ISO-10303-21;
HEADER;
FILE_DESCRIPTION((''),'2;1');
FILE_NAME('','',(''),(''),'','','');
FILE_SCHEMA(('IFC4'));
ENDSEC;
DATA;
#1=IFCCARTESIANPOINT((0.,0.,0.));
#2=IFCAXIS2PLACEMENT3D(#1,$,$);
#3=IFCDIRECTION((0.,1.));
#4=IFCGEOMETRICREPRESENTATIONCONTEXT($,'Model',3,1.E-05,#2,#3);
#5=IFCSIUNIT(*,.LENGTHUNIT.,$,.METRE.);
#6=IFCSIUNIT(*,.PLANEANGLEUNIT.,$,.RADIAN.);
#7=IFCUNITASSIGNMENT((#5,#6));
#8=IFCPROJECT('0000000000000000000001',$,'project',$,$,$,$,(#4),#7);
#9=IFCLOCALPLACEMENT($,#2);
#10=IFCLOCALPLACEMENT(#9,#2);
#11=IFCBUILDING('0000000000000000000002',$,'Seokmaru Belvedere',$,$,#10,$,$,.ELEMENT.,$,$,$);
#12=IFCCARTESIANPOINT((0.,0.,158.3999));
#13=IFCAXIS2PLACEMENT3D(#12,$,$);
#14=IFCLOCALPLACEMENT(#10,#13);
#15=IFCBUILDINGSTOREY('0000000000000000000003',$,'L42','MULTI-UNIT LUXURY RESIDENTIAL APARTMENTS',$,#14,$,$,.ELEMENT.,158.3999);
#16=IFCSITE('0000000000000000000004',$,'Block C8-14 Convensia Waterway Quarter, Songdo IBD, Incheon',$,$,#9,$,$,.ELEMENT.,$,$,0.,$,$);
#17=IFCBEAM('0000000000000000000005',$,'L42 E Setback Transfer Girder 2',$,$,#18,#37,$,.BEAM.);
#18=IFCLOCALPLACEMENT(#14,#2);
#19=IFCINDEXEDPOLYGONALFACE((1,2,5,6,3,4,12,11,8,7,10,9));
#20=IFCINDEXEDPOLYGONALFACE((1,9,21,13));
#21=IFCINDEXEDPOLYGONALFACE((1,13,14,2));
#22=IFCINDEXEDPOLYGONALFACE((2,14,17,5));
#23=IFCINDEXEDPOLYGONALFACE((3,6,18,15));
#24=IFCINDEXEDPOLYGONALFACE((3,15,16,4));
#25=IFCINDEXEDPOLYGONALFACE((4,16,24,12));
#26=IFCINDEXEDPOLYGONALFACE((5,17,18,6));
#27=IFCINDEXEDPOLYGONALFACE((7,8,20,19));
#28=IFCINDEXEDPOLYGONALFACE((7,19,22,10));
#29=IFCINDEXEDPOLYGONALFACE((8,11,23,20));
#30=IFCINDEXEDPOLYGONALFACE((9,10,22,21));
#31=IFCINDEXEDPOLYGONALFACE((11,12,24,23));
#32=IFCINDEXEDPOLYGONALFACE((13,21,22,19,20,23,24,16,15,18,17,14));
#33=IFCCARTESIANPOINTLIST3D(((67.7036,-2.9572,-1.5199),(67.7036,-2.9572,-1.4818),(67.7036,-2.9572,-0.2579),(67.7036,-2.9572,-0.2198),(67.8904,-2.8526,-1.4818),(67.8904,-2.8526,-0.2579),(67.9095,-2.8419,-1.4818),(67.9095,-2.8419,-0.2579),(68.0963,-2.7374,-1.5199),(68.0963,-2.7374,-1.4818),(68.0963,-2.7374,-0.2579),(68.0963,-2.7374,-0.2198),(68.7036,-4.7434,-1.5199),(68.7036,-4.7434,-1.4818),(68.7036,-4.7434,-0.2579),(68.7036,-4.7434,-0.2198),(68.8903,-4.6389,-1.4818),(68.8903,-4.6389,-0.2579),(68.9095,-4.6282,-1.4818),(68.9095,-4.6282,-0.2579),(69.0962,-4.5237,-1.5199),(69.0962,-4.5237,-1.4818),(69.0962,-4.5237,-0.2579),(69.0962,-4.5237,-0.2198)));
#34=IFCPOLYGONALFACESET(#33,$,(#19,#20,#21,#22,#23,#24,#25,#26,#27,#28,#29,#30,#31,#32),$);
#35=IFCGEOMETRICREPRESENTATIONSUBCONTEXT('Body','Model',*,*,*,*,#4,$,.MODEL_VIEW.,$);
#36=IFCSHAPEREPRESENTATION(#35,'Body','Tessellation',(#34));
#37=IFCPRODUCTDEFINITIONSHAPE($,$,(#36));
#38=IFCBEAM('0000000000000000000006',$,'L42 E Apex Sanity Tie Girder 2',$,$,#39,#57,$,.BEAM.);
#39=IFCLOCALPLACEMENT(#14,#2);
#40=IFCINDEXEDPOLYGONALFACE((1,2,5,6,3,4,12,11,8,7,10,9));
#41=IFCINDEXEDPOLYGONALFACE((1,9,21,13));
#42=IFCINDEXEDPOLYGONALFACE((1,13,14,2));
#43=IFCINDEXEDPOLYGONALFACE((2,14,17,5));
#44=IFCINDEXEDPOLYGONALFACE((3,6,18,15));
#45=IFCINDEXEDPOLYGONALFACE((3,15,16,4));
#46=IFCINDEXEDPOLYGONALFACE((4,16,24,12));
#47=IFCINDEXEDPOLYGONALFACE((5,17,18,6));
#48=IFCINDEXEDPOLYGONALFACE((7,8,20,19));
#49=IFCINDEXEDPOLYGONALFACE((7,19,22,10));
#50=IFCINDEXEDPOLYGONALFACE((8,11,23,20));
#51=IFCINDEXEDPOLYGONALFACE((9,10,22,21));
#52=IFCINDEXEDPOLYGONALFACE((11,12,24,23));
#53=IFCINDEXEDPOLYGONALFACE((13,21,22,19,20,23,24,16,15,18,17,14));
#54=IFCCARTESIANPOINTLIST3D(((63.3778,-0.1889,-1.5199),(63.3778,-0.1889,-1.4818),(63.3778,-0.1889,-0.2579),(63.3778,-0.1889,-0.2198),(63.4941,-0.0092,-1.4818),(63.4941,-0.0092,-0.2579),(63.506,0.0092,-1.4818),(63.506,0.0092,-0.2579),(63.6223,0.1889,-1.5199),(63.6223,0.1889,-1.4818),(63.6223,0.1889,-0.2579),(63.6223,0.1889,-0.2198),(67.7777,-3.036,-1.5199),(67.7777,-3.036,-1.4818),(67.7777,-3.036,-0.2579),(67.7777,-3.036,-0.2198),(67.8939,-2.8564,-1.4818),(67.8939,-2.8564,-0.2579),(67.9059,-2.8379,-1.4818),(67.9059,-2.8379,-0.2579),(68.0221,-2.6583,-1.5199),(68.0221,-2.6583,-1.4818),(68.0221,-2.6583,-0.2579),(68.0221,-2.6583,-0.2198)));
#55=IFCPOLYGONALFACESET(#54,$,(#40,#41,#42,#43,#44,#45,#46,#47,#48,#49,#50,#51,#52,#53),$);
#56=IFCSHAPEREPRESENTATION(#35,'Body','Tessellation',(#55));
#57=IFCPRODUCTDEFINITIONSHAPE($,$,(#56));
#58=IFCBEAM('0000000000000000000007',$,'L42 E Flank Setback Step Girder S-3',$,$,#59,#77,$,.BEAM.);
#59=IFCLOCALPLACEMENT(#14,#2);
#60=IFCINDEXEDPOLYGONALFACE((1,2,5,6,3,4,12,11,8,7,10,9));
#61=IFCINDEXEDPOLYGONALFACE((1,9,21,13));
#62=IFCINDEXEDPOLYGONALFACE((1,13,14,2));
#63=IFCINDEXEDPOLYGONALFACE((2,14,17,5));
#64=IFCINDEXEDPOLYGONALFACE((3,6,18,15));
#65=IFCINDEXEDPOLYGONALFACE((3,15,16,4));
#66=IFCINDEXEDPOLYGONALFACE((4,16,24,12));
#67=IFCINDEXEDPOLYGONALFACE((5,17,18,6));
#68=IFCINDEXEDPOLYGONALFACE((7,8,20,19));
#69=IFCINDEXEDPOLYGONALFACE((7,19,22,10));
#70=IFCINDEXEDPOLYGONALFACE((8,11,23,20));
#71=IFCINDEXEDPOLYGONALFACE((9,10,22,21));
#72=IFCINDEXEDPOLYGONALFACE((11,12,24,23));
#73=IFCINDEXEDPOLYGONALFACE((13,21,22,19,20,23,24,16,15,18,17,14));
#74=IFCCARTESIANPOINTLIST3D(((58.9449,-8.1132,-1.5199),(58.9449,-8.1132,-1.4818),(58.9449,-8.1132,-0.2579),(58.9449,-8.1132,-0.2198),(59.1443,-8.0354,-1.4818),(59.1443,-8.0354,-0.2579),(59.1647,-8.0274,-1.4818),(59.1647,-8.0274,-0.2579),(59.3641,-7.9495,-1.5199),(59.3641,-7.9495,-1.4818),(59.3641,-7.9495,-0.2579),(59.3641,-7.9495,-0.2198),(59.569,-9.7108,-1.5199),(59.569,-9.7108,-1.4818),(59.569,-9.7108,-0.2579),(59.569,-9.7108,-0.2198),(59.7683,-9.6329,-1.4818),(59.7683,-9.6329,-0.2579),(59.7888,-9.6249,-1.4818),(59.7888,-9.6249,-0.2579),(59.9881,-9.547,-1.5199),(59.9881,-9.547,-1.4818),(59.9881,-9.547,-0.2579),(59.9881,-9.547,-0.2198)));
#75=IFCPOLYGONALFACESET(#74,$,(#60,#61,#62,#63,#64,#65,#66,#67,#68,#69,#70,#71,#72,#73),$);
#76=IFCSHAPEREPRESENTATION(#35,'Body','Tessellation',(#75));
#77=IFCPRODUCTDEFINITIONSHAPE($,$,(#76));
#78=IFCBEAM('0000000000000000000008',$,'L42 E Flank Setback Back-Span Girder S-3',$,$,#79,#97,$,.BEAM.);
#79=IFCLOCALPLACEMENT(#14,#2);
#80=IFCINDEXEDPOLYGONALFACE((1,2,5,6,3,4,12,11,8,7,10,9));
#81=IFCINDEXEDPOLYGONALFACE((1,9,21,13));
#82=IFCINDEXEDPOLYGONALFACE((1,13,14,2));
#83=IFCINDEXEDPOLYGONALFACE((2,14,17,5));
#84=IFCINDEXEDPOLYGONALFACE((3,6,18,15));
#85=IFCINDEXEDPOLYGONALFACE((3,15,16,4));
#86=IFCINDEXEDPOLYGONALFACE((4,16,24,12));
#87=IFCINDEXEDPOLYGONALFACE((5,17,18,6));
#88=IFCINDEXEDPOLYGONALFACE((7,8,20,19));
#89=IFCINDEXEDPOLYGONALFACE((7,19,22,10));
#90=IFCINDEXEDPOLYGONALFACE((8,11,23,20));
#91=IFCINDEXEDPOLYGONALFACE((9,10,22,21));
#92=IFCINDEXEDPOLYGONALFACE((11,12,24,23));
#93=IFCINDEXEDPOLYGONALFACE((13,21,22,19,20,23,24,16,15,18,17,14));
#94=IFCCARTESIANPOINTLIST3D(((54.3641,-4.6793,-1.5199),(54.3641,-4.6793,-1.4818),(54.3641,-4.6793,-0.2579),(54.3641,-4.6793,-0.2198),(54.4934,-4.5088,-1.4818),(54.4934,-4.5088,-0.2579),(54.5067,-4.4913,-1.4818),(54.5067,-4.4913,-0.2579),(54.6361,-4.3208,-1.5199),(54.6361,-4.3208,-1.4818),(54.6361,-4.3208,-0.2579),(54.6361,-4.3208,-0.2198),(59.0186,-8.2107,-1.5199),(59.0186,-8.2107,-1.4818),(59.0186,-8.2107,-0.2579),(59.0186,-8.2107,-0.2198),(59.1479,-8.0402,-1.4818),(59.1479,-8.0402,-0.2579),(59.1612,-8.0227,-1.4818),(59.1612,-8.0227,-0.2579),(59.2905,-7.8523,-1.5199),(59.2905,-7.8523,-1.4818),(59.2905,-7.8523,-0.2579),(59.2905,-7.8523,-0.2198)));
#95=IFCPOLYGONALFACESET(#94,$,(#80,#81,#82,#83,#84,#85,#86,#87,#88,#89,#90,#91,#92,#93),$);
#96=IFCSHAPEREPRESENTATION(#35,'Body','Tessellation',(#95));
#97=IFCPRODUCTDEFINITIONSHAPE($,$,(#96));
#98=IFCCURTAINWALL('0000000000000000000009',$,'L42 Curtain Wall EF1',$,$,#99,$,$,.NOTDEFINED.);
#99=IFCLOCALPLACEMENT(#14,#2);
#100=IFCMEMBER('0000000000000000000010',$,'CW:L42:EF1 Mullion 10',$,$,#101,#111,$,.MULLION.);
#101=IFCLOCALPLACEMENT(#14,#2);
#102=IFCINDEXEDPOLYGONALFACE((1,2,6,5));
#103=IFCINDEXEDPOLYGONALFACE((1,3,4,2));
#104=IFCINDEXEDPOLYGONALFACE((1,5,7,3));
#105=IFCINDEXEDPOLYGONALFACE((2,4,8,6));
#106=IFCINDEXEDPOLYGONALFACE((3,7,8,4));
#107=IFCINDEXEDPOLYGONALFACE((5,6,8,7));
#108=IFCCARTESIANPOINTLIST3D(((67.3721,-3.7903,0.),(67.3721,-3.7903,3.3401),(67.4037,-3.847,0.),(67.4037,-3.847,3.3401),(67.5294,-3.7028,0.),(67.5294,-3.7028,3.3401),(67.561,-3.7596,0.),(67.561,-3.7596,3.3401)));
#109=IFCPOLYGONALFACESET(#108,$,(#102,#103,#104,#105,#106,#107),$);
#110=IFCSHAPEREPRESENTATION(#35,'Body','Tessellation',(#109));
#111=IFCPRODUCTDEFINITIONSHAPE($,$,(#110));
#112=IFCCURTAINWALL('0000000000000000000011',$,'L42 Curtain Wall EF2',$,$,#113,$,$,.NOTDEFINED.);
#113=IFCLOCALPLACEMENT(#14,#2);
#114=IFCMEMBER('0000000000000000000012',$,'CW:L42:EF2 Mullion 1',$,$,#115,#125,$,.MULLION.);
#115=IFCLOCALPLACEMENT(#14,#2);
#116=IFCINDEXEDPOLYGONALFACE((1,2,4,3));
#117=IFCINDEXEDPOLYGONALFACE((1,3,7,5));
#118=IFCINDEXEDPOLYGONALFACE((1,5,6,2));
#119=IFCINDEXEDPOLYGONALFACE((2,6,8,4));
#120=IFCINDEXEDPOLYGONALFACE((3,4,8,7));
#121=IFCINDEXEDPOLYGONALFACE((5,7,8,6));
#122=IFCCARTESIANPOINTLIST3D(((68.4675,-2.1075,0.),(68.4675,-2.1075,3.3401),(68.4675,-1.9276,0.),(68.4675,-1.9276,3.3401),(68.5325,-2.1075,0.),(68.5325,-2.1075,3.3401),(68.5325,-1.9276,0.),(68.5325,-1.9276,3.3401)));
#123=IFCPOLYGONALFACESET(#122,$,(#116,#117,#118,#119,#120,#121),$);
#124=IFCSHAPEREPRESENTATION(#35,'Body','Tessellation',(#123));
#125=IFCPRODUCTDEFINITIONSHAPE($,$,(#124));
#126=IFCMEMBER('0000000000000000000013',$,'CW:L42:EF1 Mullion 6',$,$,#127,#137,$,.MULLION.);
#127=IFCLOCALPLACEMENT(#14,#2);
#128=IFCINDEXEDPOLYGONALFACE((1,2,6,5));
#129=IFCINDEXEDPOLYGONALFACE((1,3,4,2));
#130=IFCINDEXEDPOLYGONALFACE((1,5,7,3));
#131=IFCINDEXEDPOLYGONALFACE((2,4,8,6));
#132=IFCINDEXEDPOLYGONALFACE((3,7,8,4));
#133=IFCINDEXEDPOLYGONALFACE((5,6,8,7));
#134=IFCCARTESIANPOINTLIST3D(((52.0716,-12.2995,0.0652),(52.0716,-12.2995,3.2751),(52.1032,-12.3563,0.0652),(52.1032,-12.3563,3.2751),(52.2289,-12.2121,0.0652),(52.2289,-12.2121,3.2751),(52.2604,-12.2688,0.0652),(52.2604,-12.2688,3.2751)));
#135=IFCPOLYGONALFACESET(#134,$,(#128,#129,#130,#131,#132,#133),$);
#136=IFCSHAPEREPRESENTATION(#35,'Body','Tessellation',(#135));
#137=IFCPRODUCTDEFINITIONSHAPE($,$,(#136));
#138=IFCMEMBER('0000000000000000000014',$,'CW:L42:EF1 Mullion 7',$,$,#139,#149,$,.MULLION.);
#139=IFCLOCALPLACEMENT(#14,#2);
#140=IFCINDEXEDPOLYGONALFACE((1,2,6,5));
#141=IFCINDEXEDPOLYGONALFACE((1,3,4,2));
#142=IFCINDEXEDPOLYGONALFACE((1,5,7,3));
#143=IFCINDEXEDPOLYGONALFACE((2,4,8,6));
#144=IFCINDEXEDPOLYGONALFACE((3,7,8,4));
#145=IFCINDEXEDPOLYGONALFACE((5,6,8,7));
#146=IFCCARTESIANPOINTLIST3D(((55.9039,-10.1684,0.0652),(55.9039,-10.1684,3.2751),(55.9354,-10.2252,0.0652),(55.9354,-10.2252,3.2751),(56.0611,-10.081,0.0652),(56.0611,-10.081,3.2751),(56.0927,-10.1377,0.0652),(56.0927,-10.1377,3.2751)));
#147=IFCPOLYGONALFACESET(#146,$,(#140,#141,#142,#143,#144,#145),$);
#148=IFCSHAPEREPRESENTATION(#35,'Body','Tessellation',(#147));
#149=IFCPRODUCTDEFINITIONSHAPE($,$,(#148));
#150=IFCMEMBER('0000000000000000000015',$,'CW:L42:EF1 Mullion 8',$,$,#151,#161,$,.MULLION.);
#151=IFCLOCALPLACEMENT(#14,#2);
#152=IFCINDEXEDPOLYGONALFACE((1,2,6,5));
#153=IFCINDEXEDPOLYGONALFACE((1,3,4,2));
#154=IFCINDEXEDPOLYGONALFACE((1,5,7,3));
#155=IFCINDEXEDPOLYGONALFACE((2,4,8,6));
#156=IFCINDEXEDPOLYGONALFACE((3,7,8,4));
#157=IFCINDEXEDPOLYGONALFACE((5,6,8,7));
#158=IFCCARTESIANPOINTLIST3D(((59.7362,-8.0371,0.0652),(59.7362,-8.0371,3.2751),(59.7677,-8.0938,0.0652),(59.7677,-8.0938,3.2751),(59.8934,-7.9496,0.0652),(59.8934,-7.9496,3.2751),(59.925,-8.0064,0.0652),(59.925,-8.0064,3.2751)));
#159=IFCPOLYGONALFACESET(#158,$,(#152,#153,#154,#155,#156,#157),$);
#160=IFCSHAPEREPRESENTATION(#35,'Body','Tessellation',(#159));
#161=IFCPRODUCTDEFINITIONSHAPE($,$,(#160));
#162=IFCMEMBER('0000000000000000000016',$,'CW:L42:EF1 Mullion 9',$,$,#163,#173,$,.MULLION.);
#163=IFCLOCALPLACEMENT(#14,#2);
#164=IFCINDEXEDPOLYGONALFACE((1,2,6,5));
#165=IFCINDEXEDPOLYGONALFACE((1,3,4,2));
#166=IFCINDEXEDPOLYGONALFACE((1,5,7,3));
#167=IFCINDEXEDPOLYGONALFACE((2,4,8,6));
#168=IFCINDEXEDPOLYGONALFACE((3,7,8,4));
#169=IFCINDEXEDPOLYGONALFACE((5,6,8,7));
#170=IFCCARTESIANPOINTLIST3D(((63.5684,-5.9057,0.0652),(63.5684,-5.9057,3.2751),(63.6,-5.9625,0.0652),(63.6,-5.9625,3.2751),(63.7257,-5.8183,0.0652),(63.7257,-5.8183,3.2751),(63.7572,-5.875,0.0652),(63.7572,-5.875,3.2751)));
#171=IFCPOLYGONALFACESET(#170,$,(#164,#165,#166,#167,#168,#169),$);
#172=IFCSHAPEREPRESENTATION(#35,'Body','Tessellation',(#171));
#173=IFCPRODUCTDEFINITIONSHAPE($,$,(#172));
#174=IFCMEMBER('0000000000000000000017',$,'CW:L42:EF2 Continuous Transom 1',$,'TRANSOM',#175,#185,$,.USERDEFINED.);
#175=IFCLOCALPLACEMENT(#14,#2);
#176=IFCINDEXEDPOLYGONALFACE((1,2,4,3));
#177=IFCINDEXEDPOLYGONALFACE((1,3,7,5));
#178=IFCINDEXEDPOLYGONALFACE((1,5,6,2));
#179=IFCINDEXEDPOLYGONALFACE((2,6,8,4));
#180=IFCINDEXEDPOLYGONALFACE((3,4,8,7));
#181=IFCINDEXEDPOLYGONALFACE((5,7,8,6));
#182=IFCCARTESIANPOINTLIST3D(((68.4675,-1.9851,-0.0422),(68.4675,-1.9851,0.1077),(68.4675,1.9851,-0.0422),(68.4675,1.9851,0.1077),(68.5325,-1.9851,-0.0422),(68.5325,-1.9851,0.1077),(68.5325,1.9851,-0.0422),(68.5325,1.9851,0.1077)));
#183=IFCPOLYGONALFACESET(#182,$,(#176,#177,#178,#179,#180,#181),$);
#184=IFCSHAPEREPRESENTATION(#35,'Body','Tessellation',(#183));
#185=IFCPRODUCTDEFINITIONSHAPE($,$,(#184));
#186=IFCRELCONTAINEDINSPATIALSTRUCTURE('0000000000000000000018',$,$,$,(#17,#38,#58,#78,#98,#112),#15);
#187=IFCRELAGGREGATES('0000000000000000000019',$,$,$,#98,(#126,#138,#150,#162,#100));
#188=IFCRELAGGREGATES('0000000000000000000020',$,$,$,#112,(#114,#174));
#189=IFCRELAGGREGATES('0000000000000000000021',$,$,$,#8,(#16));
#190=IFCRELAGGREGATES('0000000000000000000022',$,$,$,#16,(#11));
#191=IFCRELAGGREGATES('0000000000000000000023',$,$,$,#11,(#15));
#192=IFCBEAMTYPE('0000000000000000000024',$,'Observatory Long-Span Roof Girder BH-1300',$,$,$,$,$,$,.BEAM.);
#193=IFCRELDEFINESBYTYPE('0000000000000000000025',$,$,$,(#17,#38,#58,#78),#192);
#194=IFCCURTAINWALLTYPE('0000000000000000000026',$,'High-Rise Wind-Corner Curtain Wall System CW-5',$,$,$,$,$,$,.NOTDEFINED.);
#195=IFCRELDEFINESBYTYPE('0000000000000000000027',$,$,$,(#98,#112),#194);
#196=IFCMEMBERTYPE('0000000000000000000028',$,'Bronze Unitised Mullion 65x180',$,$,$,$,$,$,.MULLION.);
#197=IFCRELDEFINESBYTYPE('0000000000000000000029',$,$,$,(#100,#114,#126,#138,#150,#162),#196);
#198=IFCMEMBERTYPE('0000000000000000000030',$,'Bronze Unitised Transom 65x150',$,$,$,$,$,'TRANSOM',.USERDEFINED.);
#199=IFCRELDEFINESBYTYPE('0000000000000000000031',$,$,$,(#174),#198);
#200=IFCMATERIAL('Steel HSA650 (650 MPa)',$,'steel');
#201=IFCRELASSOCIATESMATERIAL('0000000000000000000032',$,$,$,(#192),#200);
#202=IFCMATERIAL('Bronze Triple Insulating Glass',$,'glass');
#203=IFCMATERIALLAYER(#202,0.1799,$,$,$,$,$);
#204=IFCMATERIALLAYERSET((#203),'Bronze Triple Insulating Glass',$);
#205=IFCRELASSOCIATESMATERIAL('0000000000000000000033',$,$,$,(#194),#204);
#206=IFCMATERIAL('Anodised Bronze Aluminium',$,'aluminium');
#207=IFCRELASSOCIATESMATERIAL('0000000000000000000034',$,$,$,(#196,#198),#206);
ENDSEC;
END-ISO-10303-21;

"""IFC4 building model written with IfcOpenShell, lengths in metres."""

from ifc_helpers import new_model, si_unit, direction, frame, origin, origin_2d, place, context, subcontext, project, spatial, rectangle, i_section, extrude, source, transform, mapped, material, layer, layer_set, material_profile, profile_set, type_object, type_shapes, element, aggregate, save


model = new_model("IFC4")

# Units and contexts
model_context = context("Model", 3, precision=1e-05, world=origin(), true_north=direction((0.0, 1.0)))
body_context = subcontext(model_context, "Body", "Model", "MODEL_VIEW")
ifc_project = project(units=[si_unit("LENGTHUNIT", "METRE"), si_unit("PLANEANGLEUNIT", "RADIAN")], contexts=[model_context])

# Site, building, storey
site_placement = place(None, origin())
site = spatial("IfcSite", under=ifc_project, at=site_placement, Name="Block C8-14 Convensia Waterway Quarter, Songdo IBD, Incheon", CompositionType="ELEMENT", RefElevation=0.0)
building_placement = place(site_placement, origin())
building = spatial("IfcBuilding", under=site, at=building_placement, Name="Seokmaru Belvedere", CompositionType="ELEMENT")
storey_placement = place(building_placement, frame((0.0, 0.0, 158.3999)))
storey = spatial("IfcBuildingStorey", under=building, at=storey_placement, Name="L42", Description="MULTI-UNIT LUXURY RESIDENTIAL APARTMENTS", CompositionType="ELEMENT", Elevation=158.3999)

# Beams
ifc_material_1 = material(Name="Steel HSA650 (650 MPa)", Category="steel")
ifc_material_profile_1 = material_profile(ifc_material_1, i_section(OverallWidth=0.45, OverallDepth=1.3, WebThickness=0.022, FlangeThickness=0.0381, at=origin_2d()), Name="BH-1300x450x22x38")
ifc_profile_set_1 = profile_set([ifc_material_profile_1], Name="Steel HSA650 (650 MPa)")
beam_type_1 = type_object("IfcBeamType", Name="Observatory Long-Span Roof Girder BH-1300", PredefinedType="BEAM", material=ifc_profile_set_1)
shared_shape_1 = source(origin(), body_context, "Body", "SweptSolid", [
    extrude(i_section(OverallWidth=0.45, OverallDepth=1.3, WebThickness=0.022, FlangeThickness=0.0381, at=origin_2d()), origin(), (0.0, 0.0, 1.0), 2.0471),
])
beam_1_placement = place(storey_placement, frame((68.8999, -4.6335, -0.8699), z_axis=(-0.488465, 0.872583, 0.0), x_axis=(-0.872583, -0.488465, 0.0)))
element("IfcBeam", 1, at=beam_1_placement, inside=storey, type_object=beam_type_1, Name="L42 E Setback Transfer Girder 2", PredefinedType="BEAM", context=body_context, shape_type="MappedRepresentation", body=[
    mapped(shared_shape_1, transform((0.0, 0.0, 0.0), scale=1.0)),
])
shared_shape_2 = source(origin(), body_context, "Body", "SweptSolid", [
    extrude(i_section(OverallWidth=0.45, OverallDepth=1.3, WebThickness=0.022, FlangeThickness=0.0381, at=origin_2d()), origin(), (0.0, 0.0, 1.0), 5.2407),
])
beam_2_placement = place(storey_placement, frame((67.8999, -2.8472, -0.8699), z_axis=(-0.839555, 0.543274, 0.0), x_axis=(-0.543274, -0.839555, 0.0)))
element("IfcBeam", 2, at=beam_2_placement, inside=storey, type_object=beam_type_1, Name="L42 E Apex Sanity Tie Girder 2", PredefinedType="BEAM", context=body_context, shape_type="MappedRepresentation", body=[
    mapped(shared_shape_2, transform((0.0, 0.0, 0.0), scale=1.0)),
])
shared_shape_3 = source(origin(), body_context, "Body", "SweptSolid", [
    extrude(i_section(OverallWidth=0.45, OverallDepth=1.3, WebThickness=0.022, FlangeThickness=0.0381, at=origin_2d()), origin(), (0.0, 0.0, 1.0), 1.7151),
])
beam_3_placement = place(storey_placement, frame((59.7786, -9.6289, -0.8699), z_axis=(-0.363868, 0.931451, 0.0), x_axis=(-0.931451, -0.363868, 0.0)))
element("IfcBeam", 3, at=beam_3_placement, inside=storey, type_object=beam_type_1, Name="L42 E Flank Setback Step Girder S-3", PredefinedType="BEAM", context=body_context, shape_type="MappedRepresentation", body=[
    mapped(shared_shape_3, transform((0.0, 0.0, 0.0), scale=1.0)),
])
shared_shape_4 = source(origin(), body_context, "Body", "SweptSolid", [
    extrude(i_section(OverallWidth=0.45, OverallDepth=1.3, WebThickness=0.022, FlangeThickness=0.0381, at=origin_2d()), origin(), (0.0, 0.0, 1.0), 5.8425),
])
beam_4_placement = place(storey_placement, frame((59.1545, -8.0315, -0.8699), z_axis=(-0.796653, 0.604437, 0.0), x_axis=(-0.604437, -0.796653, 0.0)))
element("IfcBeam", 4, at=beam_4_placement, inside=storey, type_object=beam_type_1, Name="L42 E Flank Setback Back-Span Girder S-3", PredefinedType="BEAM", context=body_context, shape_type="MappedRepresentation", body=[
    mapped(shared_shape_4, transform((0.0, 0.0, 0.0), scale=1.0)),
])

# Curtain walls, members
ifc_material_2 = material(Name="Bronze Triple Insulating Glass", Category="glass")
ifc_layer_1 = layer(ifc_material_2, 0.1799)
ifc_layer_set_1 = layer_set([ifc_layer_1], Name="Bronze Triple Insulating Glass")
curtain_wall_type = type_object("IfcCurtainWallType", Name="High-Rise Wind-Corner Curtain Wall System CW-5", PredefinedType="NOTDEFINED", material=ifc_layer_set_1)
curtain_wall_1_placement = place(storey_placement, origin())
curtain_wall_1 = element("IfcCurtainWall", 5, at=curtain_wall_1_placement, inside=storey, type_object=curtain_wall_type, Name="L42 Curtain Wall EF1", PredefinedType="NOTDEFINED")
ifc_material_3 = material(Name="Anodised Bronze Aluminium", Category="aluminium")
ifc_material_profile_2 = material_profile(ifc_material_3, rectangle(XDim=0.0649, YDim=0.1799, at=origin_2d()), Name="CW-M-65x180")
ifc_profile_set_2 = profile_set([ifc_material_profile_2], Name="Anodised Bronze Aluminium")
member_type_1 = type_object("IfcMemberType", Name="Bronze Unitised Mullion 65x180", PredefinedType="MULLION", material=ifc_profile_set_2)
shared_shape_5 = source(origin(), body_context, "Body", "SweptSolid", [
    extrude(rectangle(XDim=0.0649, YDim=0.1799, at=origin_2d()), origin(), (0.0, 0.0, 1.0), 3.3401),
])
member_1_placement = place(storey_placement, frame((67.4666, -3.7749, 0.0), z_axis=(0.0, 0.0, 1.0), x_axis=(-0.486047, 0.873933, 0.0)))
member_1 = element("IfcMember", 6, at=member_1_placement, type_object=member_type_1, Name="CW:L42:EF1 Mullion 10", PredefinedType="MULLION", context=body_context, shape_type="MappedRepresentation", body=[
    mapped(shared_shape_5, transform((0.0, 0.0, 0.0), scale=1.0)),
])
curtain_wall_2_placement = place(storey_placement, origin())
curtain_wall_2 = element("IfcCurtainWall", 7, at=curtain_wall_2_placement, inside=storey, type_object=curtain_wall_type, Name="L42 Curtain Wall EF2", PredefinedType="NOTDEFINED")
member_2_placement = place(storey_placement, frame((68.5, -2.0176, 0.0), z_axis=(0.0, 0.0, 1.0), x_axis=(-1.0, 0.0, 0.0)))
member_2 = element("IfcMember", 8, at=member_2_placement, type_object=member_type_1, Name="CW:L42:EF2 Mullion 1", PredefinedType="MULLION", context=body_context, shape_type="MappedRepresentation", body=[
    mapped(shared_shape_5, transform((0.0, 0.0, 0.0), scale=1.0)),
])

# Members
shared_shape_6 = source(origin(), body_context, "Body", "SweptSolid", [
    extrude(rectangle(XDim=0.0649, YDim=0.1799, at=origin_2d()), origin(), (0.0, 0.0, 1.0), 3.21),
])
type_shapes(member_type_1, [shared_shape_5, shared_shape_6])
member_3_placement = place(storey_placement, frame((52.166, -12.2842, 0.0652), z_axis=(0.0, 0.0, 1.0), x_axis=(-0.486047, 0.873933, 0.0)))
member_3 = element("IfcMember", 9, at=member_3_placement, type_object=member_type_1, Name="CW:L42:EF1 Mullion 6", PredefinedType="MULLION", context=body_context, shape_type="MappedRepresentation", body=[
    mapped(shared_shape_6, transform((0.0, 0.0, 0.0), scale=1.0)),
])
member_4_placement = place(storey_placement, frame((55.9983, -10.1531, 0.0652), z_axis=(0.0, 0.0, 1.0), x_axis=(-0.486047, 0.873933, 0.0)))
member_4 = element("IfcMember", 10, at=member_4_placement, type_object=member_type_1, Name="CW:L42:EF1 Mullion 7", PredefinedType="MULLION", context=body_context, shape_type="MappedRepresentation", body=[
    mapped(shared_shape_6, transform((0.0, 0.0, 0.0), scale=1.0)),
])
member_5_placement = place(storey_placement, frame((59.8306, -8.0217, 0.0652), z_axis=(0.0, 0.0, 1.0), x_axis=(-0.486047, 0.873933, 0.0)))
member_5 = element("IfcMember", 11, at=member_5_placement, type_object=member_type_1, Name="CW:L42:EF1 Mullion 8", PredefinedType="MULLION", context=body_context, shape_type="MappedRepresentation", body=[
    mapped(shared_shape_6, transform((0.0, 0.0, 0.0), scale=1.0)),
])
member_6_placement = place(storey_placement, frame((63.6628, -5.8904, 0.0652), z_axis=(0.0, 0.0, 1.0), x_axis=(-0.486047, 0.873933, 0.0)))
member_6 = element("IfcMember", 12, at=member_6_placement, type_object=member_type_1, Name="CW:L42:EF1 Mullion 9", PredefinedType="MULLION", context=body_context, shape_type="MappedRepresentation", body=[
    mapped(shared_shape_6, transform((0.0, 0.0, 0.0), scale=1.0)),
])
ifc_material_profile_3 = material_profile(ifc_material_3, rectangle(XDim=0.0649, YDim=0.1499, at=origin_2d()), Name="CW-T-65x150")
ifc_profile_set_3 = profile_set([ifc_material_profile_3], Name="Anodised Bronze Aluminium")
member_type_2 = type_object("IfcMemberType", Name="Bronze Unitised Transom 65x150", ElementType="TRANSOM", PredefinedType="USERDEFINED", material=ifc_profile_set_3)
shared_shape_7 = source(origin(), body_context, "Body", "SweptSolid", [
    extrude(rectangle(XDim=0.0649, YDim=0.1499, at=origin_2d()), origin(), (0.0, 0.0, 1.0), 3.9702),
])
type_shapes(member_type_2, [shared_shape_7])
member_7_placement = place(storey_placement, frame((68.5, -1.9851, 0.0327), z_axis=(0.0, 1.0, 0.0), x_axis=(-1.0, 0.0, 0.0)))
member_7 = element("IfcMember", 13, at=member_7_placement, type_object=member_type_2, Name="CW:L42:EF2 Continuous Transom 1", ObjectType="TRANSOM", PredefinedType="USERDEFINED", context=body_context, shape_type="MappedRepresentation", body=[
    mapped(shared_shape_7, transform((0.0, 0.0, 0.0), scale=1.0)),
])

aggregate(curtain_wall_1, [member_3, member_4, member_5, member_6, member_1])
aggregate(curtain_wall_2, [member_2, member_7])

save(model, "model.ifc")
